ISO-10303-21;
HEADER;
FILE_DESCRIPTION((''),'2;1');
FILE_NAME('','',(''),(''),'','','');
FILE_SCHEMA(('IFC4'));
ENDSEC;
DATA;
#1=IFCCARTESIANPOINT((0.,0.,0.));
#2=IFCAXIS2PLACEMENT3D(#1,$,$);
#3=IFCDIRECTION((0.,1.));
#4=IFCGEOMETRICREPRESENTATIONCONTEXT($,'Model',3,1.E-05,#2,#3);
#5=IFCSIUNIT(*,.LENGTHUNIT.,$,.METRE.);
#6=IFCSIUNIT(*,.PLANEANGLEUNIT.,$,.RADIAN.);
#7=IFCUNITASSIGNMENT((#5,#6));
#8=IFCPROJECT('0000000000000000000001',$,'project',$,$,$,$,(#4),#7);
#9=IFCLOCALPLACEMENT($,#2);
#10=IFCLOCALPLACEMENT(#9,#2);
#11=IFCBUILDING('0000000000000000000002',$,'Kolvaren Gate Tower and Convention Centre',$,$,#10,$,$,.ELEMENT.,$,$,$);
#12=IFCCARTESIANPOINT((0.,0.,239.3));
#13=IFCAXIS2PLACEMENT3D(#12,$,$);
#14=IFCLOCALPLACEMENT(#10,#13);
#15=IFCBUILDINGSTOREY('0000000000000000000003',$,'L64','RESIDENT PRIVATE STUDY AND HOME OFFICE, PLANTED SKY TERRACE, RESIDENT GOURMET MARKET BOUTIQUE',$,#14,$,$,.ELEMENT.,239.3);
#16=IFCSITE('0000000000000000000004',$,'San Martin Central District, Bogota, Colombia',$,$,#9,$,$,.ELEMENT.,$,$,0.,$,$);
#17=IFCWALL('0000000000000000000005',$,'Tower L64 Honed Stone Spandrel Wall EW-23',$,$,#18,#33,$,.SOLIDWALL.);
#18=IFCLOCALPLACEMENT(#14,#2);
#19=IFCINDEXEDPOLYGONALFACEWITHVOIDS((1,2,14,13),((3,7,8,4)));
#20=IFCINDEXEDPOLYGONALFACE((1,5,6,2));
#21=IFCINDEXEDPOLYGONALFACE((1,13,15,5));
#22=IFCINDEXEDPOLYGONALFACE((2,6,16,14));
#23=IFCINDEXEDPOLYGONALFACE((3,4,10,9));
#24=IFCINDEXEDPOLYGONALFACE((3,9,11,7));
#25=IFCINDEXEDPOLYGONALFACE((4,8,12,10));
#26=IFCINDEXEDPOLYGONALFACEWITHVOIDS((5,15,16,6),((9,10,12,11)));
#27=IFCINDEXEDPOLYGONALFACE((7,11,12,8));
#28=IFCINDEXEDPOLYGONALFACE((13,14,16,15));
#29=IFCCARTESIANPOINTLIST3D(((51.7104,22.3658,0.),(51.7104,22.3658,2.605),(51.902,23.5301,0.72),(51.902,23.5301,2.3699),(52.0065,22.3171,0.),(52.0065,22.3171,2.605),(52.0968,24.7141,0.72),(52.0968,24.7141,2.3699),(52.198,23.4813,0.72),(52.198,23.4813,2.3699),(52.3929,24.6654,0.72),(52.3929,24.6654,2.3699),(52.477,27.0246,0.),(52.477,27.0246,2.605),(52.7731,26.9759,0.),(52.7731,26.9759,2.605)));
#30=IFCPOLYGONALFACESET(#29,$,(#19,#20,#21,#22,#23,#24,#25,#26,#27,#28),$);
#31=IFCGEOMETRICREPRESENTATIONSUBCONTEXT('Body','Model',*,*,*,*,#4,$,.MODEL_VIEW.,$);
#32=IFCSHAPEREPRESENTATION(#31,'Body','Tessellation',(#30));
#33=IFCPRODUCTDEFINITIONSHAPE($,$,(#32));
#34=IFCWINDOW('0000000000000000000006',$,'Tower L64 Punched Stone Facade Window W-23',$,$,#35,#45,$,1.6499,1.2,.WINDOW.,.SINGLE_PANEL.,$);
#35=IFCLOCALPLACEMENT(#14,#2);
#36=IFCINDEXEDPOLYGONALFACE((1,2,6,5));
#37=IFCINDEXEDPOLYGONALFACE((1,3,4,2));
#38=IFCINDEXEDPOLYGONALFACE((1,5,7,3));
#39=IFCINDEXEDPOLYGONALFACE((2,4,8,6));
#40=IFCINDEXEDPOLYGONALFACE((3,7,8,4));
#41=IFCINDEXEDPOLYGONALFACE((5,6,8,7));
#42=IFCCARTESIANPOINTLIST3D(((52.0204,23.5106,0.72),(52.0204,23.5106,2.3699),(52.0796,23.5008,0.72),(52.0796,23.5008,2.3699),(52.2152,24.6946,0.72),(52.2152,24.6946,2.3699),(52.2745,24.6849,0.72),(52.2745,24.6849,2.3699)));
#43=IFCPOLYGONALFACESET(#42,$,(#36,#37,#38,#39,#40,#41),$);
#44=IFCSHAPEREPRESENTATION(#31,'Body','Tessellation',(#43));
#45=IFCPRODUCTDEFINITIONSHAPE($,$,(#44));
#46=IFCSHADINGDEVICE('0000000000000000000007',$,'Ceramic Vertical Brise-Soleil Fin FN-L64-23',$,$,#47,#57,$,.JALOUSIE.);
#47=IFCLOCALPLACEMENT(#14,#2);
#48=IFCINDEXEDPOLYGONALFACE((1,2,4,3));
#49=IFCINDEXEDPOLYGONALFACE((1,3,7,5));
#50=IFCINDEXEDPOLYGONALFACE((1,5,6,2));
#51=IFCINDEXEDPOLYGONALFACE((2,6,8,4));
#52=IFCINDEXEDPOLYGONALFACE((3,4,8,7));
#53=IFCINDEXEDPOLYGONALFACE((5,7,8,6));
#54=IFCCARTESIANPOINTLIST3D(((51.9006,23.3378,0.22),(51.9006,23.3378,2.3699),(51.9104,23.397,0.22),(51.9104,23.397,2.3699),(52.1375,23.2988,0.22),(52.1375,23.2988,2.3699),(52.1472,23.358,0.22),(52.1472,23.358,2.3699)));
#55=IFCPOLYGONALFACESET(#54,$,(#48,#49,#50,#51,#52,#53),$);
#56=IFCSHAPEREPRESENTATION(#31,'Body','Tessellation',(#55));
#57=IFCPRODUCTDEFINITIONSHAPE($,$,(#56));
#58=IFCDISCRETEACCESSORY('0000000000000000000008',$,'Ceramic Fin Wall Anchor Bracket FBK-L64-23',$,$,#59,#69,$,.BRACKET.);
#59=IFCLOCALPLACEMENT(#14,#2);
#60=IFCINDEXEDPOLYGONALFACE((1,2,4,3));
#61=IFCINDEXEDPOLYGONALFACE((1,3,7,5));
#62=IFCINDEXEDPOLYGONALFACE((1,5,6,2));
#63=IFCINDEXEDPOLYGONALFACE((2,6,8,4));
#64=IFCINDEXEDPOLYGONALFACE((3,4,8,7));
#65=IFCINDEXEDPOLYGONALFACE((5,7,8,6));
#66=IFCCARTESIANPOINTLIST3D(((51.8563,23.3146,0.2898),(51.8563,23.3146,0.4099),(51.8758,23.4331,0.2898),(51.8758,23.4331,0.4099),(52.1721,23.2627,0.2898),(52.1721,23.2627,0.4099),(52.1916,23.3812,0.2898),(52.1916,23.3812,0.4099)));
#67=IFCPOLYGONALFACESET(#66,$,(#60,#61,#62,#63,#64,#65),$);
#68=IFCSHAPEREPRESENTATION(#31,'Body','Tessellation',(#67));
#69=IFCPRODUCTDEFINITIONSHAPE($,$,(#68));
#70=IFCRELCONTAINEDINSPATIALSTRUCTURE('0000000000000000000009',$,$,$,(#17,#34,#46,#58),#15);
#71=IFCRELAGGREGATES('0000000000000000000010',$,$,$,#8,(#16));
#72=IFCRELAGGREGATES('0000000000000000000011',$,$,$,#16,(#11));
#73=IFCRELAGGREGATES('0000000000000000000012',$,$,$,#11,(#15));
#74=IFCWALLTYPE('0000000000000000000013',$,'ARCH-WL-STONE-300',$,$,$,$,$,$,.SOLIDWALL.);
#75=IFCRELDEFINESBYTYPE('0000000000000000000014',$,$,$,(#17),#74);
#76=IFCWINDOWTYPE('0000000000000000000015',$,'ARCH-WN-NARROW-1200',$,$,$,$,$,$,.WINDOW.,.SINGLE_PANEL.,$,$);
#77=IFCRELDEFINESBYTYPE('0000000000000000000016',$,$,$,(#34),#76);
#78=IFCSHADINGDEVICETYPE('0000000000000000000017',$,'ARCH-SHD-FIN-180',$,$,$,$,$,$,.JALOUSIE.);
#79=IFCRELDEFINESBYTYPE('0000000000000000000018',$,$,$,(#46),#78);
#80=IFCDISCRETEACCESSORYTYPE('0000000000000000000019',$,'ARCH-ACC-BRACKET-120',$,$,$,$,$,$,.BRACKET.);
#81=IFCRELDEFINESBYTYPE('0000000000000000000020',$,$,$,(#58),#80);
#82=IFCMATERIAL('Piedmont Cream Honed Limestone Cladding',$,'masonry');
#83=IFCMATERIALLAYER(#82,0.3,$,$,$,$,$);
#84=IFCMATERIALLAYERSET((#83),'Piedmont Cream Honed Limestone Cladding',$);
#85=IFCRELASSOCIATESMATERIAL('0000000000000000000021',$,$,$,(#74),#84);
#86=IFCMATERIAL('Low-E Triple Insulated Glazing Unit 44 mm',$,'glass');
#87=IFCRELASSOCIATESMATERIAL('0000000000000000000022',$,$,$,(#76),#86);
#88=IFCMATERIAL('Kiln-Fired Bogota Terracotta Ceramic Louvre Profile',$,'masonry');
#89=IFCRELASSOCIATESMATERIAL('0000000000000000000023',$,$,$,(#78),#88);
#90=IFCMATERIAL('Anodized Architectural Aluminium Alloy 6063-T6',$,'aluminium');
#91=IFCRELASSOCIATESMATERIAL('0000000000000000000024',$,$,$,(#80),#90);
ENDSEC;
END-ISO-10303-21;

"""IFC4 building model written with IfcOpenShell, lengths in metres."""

from ifc_helpers import new_model, si_unit, direction, frame, frame_2d, origin, origin_2d, place, context, subcontext, project, spatial, rectangle, extrude, material, layer, layer_set, type_object, element, fill, save


model = new_model("IFC4")

# Units and contexts
model_context = context("Model", 3, precision=1e-05, world=origin(), true_north=direction((0.0, 1.0)))
body_context = subcontext(model_context, "Body", "Model", "MODEL_VIEW")
ifc_project = project(units=[si_unit("LENGTHUNIT", "METRE"), si_unit("PLANEANGLEUNIT", "RADIAN")], contexts=[model_context])

# Site, building, storey
site_placement = place(None, origin())
site = spatial("IfcSite", under=ifc_project, at=site_placement, Name="San Martin Central District, Bogota, Colombia", CompositionType="ELEMENT", RefElevation=0.0)
building_placement = place(site_placement, origin())
building = spatial("IfcBuilding", under=site, at=building_placement, Name="Kolvaren Gate Tower and Convention Centre", CompositionType="ELEMENT")
storey_placement = place(building_placement, frame((0.0, 0.0, 239.3)))
storey = spatial("IfcBuildingStorey", under=building, at=storey_placement, Name="L64", Description="RESIDENT PRIVATE STUDY AND HOME OFFICE, PLANTED SKY TERRACE, RESIDENT GOURMET MARKET BOUTIQUE", CompositionType="ELEMENT", Elevation=239.3)

# Shared definitions
ifc_material_1 = material(Name="Anodized Architectural Aluminium Alloy 6063-T6", Category="aluminium")

# Shared definitions
ifc_material_2 = material(Name="Low-E Triple Insulated Glazing Unit 44 mm", Category="glass")

# Shared definitions
ifc_material_3 = material(Name="Piedmont Cream Honed Limestone Cladding", Category="masonry")

# Wall, opening, window
ifc_layer_1 = layer(ifc_material_3, 0.3)
ifc_layer_set_1 = layer_set([ifc_layer_1], Name="Piedmont Cream Honed Limestone Cladding")
wall_type_1 = type_object("IfcWallType", Name="ARCH-WL-STONE-300", PredefinedType="SOLIDWALL", material=ifc_layer_set_1)
wall_1_placement = place(storey_placement, frame((51.8584, 22.3413, 0.0), z_axis=(0.0, 0.0, 1.0), x_axis=(0.162369, 0.98673, 0.0)))
wall_1 = element("IfcWall", 1, at=wall_1_placement, inside=storey, type_object=wall_type_1, Name="Tower L64 Honed Stone Spandrel Wall EW-23", PredefinedType="SOLIDWALL", context=body_context, shape_type="SweptSolid", body=[
    extrude(rectangle(XDim=4.7214, YDim=0.3, at=frame_2d((2.3608, 0.0))), origin(), (0.0, 0.0, 1.0), 2.605),
])
opening_1_placement = place(wall_1_placement, frame((1.1799, 0.0, 0.72)))
opening_1 = element("IfcOpeningElement", 2, at=opening_1_placement, cuts=wall_1, PredefinedType="OPENING", context=body_context, shape_type="SweptSolid", body=[
    extrude(rectangle(XDim=1.2, YDim=1.6499, at=frame_2d((0.6001, 0.825))), frame((0.0, 0.1599, 0.0), z_axis=(0.0, -1.0, 0.0), x_axis=(1.0, 0.0, 0.0)), (0.0, 0.0, 1.0), 0.3201),
])
window_type_1 = type_object("IfcWindowType", Name="ARCH-WN-NARROW-1200", PartitioningType="SINGLE_PANEL", PredefinedType="WINDOW", material=ifc_material_2)
window_1_placement = place(opening_1_placement, origin())
window_1 = element("IfcWindow", 3, at=window_1_placement, inside=storey, type_object=window_type_1, Name="Tower L64 Punched Stone Facade Window W-23", OverallHeight=1.6499, OverallWidth=1.2, PartitioningType="SINGLE_PANEL", PredefinedType="WINDOW", context=body_context, shape_type="SweptSolid", body=[
    extrude(rectangle(XDim=1.2, YDim=1.6499, at=frame_2d((0.6001, 0.825))), frame((0.0, 0.03, 0.0), z_axis=(0.0, -1.0, 0.0), x_axis=(1.0, 0.0, 0.0)), (0.0, 0.0, 1.0), 0.0601),
])
fill(opening_1, window_1)

# Shading device
ifc_material_4 = material(Name="Kiln-Fired Bogota Terracotta Ceramic Louvre Profile", Category="masonry")
shading_device_type = type_object("IfcShadingDeviceType", Name="ARCH-SHD-FIN-180", PredefinedType="JALOUSIE", material=ifc_material_4)
shading_device_placement = place(storey_placement, frame((52.0239, 23.3479, 0.22), z_axis=(0.0, 0.0, 1.0), x_axis=(0.162389, 0.986727, 0.0)))
element("IfcShadingDevice", 4, at=shading_device_placement, inside=storey, type_object=shading_device_type, Name="Ceramic Vertical Brise-Soleil Fin FN-L64-23", PredefinedType="JALOUSIE", context=body_context, shape_type="SweptSolid", body=[
    extrude(rectangle(XDim=0.0601, YDim=0.24, at=origin_2d()), origin(), (0.0, 0.0, 1.0), 2.1499),
])

# Discrete accessory
discrete_accessory_type = type_object("IfcDiscreteAccessoryType", Name="ARCH-ACC-BRACKET-120", PredefinedType="BRACKET", material=ifc_material_1)
discrete_accessory_placement = place(storey_placement, frame((52.0239, 23.3479, 0.2898), z_axis=(0.0, 0.0, 1.0), x_axis=(0.162389, 0.986727, 0.0)))
element("IfcDiscreteAccessory", 5, at=discrete_accessory_placement, inside=storey, type_object=discrete_accessory_type, Name="Ceramic Fin Wall Anchor Bracket FBK-L64-23", PredefinedType="BRACKET", context=body_context, shape_type="SweptSolid", body=[
    extrude(rectangle(XDim=0.1201, YDim=0.3201, at=origin_2d()), origin(), (0.0, 0.0, 1.0), 0.1201),
])

save(model, "model.ifc")
